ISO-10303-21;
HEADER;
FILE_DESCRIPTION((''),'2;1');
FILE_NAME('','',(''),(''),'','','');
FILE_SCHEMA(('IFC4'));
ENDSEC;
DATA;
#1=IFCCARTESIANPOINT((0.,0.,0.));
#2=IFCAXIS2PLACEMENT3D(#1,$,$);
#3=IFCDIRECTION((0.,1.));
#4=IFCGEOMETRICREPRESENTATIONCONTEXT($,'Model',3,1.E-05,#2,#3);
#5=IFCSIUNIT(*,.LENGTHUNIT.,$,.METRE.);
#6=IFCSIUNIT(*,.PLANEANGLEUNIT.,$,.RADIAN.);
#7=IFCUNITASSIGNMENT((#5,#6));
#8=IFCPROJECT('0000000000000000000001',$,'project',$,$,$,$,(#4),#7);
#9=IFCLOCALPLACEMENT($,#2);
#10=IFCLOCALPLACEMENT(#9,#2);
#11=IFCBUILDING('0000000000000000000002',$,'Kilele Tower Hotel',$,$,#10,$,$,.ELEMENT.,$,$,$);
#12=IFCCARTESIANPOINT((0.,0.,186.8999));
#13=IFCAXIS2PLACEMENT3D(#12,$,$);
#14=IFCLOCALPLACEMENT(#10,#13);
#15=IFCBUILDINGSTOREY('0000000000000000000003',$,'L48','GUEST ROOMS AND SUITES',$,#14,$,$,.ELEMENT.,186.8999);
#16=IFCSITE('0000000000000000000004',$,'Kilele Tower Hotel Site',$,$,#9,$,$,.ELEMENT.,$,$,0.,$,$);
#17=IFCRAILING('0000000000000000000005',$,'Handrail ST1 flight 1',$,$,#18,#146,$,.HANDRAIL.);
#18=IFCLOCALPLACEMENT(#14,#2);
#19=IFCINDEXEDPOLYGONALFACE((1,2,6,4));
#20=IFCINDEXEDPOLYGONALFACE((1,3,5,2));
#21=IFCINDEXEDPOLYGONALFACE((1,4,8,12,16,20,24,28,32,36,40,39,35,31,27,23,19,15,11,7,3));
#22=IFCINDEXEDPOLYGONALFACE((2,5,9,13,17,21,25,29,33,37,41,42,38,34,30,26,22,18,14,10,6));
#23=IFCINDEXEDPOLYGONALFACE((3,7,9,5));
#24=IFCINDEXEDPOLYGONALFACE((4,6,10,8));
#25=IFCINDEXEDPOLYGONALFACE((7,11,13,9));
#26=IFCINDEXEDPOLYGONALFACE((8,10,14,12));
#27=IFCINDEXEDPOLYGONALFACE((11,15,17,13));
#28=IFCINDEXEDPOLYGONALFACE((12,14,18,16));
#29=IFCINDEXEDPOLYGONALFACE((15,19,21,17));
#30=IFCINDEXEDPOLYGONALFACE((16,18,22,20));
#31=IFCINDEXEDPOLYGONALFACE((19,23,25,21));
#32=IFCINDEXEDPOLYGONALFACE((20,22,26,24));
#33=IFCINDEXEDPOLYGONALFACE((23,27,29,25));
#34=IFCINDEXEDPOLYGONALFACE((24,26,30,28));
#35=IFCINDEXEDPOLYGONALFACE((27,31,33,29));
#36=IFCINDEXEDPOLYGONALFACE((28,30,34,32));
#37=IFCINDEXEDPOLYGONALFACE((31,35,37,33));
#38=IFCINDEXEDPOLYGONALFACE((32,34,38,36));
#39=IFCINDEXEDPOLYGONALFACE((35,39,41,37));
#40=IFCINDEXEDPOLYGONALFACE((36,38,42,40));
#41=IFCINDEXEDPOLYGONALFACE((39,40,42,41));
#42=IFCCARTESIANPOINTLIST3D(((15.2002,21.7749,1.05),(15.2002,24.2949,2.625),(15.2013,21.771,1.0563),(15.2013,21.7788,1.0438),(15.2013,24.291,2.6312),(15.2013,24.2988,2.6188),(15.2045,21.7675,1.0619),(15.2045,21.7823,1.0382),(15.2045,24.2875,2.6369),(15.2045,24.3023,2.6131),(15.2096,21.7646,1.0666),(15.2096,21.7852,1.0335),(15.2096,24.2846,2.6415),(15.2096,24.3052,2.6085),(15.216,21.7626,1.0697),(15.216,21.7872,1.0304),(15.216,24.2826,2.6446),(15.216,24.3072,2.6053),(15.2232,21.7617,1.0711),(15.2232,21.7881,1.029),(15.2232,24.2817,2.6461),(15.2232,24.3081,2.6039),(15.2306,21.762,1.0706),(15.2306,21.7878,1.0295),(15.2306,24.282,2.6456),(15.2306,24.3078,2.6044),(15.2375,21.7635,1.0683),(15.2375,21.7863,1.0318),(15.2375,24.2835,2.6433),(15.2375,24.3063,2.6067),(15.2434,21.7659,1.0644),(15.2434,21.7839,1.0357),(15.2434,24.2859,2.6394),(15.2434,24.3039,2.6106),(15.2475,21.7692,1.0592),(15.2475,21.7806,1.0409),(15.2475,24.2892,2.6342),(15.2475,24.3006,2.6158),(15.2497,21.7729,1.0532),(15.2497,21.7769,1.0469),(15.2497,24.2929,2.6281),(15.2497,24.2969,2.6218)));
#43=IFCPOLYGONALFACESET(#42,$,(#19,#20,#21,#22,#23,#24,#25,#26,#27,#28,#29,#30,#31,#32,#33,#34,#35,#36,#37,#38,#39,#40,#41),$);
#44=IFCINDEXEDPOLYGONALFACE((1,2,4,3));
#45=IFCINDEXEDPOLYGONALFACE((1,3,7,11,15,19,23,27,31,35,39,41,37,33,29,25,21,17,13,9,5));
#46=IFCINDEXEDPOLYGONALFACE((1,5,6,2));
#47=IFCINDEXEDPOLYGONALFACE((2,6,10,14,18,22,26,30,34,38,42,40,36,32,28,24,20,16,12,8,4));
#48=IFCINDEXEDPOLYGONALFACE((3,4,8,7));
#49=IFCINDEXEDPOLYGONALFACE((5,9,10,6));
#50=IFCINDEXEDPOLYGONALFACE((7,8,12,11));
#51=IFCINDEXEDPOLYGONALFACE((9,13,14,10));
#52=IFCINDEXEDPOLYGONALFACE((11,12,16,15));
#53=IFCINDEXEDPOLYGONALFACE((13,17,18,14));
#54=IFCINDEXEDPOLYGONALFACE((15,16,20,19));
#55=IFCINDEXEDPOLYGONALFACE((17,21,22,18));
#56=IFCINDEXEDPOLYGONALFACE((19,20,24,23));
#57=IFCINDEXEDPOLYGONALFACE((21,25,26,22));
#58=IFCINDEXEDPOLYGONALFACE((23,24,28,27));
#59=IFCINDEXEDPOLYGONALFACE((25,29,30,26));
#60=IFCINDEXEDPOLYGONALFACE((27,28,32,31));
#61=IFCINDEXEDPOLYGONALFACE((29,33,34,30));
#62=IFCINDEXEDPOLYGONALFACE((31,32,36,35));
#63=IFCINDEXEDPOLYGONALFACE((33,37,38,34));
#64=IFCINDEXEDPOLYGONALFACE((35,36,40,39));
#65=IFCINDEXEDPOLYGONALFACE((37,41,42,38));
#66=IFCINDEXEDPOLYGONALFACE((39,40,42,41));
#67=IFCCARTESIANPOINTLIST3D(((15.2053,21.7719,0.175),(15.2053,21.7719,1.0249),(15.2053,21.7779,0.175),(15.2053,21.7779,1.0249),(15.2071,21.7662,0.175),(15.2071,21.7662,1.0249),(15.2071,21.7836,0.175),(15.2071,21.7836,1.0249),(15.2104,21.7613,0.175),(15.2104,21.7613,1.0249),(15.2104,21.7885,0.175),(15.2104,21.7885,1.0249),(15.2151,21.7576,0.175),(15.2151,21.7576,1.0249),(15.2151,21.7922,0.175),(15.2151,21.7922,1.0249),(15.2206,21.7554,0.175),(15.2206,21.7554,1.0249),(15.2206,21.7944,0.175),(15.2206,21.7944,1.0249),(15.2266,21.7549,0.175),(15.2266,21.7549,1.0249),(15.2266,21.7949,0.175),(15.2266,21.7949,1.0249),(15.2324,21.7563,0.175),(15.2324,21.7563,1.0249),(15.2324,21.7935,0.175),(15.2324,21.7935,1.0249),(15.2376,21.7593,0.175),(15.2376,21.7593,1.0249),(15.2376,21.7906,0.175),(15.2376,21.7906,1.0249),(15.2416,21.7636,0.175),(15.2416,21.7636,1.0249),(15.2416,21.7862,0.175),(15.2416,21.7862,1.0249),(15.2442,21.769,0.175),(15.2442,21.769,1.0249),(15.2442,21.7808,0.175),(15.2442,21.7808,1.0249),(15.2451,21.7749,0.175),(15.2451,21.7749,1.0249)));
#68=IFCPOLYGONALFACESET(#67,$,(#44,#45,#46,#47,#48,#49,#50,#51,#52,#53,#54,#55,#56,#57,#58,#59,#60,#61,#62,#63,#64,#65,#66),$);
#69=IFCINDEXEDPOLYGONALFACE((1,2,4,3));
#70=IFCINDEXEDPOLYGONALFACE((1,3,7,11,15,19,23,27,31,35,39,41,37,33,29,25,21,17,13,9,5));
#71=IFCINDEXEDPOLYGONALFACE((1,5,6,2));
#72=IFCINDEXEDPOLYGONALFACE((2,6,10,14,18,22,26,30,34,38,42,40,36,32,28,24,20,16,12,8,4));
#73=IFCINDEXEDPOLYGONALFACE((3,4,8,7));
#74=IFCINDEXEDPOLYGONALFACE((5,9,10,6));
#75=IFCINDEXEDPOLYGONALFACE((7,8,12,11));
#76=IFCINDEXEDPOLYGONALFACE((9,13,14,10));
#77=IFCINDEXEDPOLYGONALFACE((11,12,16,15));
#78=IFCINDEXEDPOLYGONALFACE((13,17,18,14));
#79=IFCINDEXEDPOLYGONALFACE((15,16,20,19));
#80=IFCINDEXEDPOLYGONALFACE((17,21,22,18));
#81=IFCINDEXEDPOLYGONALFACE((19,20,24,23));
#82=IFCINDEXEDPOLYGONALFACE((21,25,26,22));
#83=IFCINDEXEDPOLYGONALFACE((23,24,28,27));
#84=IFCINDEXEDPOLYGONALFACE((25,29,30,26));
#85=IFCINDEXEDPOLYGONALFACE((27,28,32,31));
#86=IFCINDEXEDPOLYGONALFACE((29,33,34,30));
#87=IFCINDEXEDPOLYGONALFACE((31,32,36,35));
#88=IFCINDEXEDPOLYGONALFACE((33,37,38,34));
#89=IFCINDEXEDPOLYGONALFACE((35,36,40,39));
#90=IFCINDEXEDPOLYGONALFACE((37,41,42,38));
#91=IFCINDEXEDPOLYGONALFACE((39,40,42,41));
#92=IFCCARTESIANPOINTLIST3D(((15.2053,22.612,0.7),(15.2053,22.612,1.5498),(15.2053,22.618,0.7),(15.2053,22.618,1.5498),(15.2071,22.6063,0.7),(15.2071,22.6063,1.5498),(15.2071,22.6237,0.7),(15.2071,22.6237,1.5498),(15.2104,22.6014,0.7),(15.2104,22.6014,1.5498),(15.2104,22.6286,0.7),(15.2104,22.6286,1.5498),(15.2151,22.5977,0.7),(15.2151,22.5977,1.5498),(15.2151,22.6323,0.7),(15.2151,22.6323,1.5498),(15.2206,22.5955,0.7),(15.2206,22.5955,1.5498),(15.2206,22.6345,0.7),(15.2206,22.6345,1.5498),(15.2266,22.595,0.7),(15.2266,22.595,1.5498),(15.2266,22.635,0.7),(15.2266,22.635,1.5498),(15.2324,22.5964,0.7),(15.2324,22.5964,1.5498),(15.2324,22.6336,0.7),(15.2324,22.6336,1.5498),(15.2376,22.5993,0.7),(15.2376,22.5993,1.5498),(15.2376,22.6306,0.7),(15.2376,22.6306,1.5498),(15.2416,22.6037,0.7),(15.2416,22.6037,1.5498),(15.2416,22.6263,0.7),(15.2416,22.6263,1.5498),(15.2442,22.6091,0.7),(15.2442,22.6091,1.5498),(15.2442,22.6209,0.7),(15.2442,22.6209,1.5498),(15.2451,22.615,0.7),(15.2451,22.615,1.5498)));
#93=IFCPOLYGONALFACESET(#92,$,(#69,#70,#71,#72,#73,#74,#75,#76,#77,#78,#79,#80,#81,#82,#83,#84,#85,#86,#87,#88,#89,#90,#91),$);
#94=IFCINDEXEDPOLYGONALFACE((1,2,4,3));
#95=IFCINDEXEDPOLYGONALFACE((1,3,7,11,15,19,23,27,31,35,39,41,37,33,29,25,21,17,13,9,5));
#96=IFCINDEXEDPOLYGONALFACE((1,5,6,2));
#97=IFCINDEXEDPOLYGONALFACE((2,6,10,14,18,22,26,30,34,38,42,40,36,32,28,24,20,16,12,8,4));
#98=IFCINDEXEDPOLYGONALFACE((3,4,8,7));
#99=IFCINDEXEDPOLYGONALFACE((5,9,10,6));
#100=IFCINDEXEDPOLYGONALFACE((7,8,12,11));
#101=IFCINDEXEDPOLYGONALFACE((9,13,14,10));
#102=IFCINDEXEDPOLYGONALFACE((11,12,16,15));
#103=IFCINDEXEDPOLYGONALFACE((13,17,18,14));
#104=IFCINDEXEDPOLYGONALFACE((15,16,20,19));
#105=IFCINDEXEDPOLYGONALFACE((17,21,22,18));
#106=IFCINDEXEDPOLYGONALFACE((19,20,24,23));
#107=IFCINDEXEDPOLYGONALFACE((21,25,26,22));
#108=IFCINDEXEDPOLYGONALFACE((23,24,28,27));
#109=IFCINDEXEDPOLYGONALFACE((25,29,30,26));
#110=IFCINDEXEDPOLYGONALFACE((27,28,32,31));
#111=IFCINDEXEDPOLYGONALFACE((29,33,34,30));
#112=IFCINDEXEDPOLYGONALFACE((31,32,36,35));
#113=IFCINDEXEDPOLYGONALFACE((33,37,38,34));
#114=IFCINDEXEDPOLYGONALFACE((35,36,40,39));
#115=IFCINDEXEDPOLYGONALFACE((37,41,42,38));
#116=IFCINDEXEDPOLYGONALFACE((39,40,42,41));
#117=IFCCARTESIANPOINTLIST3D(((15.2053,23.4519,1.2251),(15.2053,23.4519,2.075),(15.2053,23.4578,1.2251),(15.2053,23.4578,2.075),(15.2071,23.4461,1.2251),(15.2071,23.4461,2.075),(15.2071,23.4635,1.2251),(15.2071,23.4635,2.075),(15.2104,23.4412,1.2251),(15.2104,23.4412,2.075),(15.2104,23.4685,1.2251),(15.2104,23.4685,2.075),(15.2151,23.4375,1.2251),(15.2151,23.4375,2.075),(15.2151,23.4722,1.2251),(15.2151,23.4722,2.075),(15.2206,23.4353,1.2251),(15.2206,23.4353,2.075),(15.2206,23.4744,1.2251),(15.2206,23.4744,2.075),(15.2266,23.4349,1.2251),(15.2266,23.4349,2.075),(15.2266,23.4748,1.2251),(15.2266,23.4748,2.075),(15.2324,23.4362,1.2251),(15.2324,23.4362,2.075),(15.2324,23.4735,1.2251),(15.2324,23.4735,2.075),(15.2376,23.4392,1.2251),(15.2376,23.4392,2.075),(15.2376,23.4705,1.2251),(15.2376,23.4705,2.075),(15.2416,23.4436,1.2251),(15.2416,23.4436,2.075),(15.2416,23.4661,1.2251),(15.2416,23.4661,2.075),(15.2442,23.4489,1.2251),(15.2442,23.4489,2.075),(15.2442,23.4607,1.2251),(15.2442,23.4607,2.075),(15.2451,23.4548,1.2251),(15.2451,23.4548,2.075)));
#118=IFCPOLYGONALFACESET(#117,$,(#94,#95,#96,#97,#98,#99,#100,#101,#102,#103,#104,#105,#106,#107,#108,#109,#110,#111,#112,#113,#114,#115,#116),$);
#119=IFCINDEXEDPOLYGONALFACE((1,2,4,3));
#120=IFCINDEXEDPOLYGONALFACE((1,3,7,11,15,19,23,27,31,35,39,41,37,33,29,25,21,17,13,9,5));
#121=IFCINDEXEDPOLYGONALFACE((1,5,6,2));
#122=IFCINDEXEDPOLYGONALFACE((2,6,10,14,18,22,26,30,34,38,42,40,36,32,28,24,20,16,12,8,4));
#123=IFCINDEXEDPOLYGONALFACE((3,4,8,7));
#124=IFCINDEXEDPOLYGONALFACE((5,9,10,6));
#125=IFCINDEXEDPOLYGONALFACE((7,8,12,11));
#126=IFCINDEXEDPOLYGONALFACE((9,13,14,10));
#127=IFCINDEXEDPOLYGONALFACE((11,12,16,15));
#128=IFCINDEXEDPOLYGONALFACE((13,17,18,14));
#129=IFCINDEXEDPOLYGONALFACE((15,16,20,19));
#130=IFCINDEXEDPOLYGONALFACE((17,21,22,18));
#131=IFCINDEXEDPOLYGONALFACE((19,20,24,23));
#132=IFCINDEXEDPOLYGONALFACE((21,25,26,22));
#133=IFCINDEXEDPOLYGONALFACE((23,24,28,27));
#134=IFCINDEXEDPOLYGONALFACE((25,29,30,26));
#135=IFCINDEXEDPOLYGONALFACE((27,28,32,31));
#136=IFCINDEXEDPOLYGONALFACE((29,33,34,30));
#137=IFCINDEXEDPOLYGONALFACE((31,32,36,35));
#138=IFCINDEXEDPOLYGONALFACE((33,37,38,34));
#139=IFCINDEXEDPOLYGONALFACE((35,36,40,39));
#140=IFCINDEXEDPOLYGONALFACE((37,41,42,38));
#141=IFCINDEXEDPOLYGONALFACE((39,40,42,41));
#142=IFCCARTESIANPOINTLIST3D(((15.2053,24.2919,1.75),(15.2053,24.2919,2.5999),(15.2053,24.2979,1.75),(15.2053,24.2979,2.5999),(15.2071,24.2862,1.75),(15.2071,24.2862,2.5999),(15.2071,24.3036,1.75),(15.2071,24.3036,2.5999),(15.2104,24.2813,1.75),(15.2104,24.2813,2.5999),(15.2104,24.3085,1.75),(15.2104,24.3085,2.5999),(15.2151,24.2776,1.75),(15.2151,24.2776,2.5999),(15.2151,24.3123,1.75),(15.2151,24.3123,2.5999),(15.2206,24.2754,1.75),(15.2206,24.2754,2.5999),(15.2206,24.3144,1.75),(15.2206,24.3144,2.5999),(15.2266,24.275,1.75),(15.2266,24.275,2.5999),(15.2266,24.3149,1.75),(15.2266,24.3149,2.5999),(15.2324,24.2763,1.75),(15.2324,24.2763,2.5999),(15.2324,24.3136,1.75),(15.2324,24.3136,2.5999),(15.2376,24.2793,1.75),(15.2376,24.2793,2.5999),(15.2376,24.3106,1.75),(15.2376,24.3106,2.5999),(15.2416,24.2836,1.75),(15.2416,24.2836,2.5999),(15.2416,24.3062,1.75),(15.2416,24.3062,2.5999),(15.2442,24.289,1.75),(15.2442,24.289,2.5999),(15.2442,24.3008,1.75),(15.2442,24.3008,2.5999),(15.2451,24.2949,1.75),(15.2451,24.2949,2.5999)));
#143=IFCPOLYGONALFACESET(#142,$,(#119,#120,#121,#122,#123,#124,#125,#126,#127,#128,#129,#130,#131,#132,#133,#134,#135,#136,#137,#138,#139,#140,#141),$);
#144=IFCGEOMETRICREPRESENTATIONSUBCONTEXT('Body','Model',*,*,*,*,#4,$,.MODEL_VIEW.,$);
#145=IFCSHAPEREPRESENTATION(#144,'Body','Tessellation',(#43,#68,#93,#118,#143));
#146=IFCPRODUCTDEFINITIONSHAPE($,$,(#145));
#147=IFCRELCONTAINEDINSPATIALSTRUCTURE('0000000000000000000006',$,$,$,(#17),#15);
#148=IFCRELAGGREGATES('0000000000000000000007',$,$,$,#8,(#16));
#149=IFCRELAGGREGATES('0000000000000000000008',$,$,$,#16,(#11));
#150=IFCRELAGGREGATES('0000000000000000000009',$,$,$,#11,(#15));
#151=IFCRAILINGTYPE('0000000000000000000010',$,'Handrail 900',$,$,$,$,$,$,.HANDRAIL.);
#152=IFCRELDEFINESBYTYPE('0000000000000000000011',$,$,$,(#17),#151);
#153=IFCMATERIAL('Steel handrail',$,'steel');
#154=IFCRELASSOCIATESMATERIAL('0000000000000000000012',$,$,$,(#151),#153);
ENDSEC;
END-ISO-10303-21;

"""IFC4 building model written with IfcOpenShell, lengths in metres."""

from ifc_helpers import new_model, si_unit, direction, frame, origin, origin_2d, place, context, subcontext, project, spatial, circle, extrude, material, type_object, element, save


model = new_model("IFC4")

# Units and contexts
model_context = context("Model", 3, precision=1e-05, world=origin(), true_north=direction((0.0, 1.0)))
body_context = subcontext(model_context, "Body", "Model", "MODEL_VIEW")
ifc_project = project(units=[si_unit("LENGTHUNIT", "METRE"), si_unit("PLANEANGLEUNIT", "RADIAN")], contexts=[model_context])

# Site, building, storey
site_placement = place(None, origin())
site = spatial("IfcSite", under=ifc_project, at=site_placement, Name="Kilele Tower Hotel Site", CompositionType="ELEMENT", RefElevation=0.0)
building_placement = place(site_placement, origin())
building = spatial("IfcBuilding", under=site, at=building_placement, Name="Kilele Tower Hotel", CompositionType="ELEMENT")
storey_placement = place(building_placement, frame((0.0, 0.0, 186.8999)))
storey = spatial("IfcBuildingStorey", under=building, at=storey_placement, Name="L48", Description="GUEST ROOMS AND SUITES", CompositionType="ELEMENT", Elevation=186.8999)

# Railing
ifc_material_1 = material(Name="Steel handrail", Category="steel")
railing_type_1 = type_object("IfcRailingType", Name="Handrail 900", PredefinedType="HANDRAIL", material=ifc_material_1)
for number, where, name in (
    (1, (15.2251, 21.7749, 0.175), "Handrail ST1 flight 1"),
):
    element("IfcRailing", number, at=place(storey_placement, frame(where)), inside=storey, type_object=railing_type_1, Name=name, PredefinedType="HANDRAIL", context=body_context, shape_type="SweptSolid", body=[
        extrude(circle(Radius=0.0249, at=origin_2d()), frame((0.0, 0.0, 0.875), z_axis=(0.0, 0.848008, 0.529984), x_axis=(-1.0, 0.0, 0.0)), (0.0, 0.0, 1.0), 2.9717),
        extrude(circle(Radius=0.02, at=origin_2d()), origin(), (0.0, 0.0, 1.0), 0.8499),
        extrude(circle(Radius=0.02, at=origin_2d()), frame((0.0, 0.8401, 0.5249)), (0.0, 0.0, 1.0), 0.8499),
        extrude(circle(Radius=0.02, at=origin_2d()), frame((0.0, 1.6799, 1.05)), (0.0, 0.0, 1.0), 0.8499),
        extrude(circle(Radius=0.02, at=origin_2d()), frame((0.0, 2.52, 1.575)), (0.0, 0.0, 1.0), 0.8499),
    ])

save(model, "model.ifc")
